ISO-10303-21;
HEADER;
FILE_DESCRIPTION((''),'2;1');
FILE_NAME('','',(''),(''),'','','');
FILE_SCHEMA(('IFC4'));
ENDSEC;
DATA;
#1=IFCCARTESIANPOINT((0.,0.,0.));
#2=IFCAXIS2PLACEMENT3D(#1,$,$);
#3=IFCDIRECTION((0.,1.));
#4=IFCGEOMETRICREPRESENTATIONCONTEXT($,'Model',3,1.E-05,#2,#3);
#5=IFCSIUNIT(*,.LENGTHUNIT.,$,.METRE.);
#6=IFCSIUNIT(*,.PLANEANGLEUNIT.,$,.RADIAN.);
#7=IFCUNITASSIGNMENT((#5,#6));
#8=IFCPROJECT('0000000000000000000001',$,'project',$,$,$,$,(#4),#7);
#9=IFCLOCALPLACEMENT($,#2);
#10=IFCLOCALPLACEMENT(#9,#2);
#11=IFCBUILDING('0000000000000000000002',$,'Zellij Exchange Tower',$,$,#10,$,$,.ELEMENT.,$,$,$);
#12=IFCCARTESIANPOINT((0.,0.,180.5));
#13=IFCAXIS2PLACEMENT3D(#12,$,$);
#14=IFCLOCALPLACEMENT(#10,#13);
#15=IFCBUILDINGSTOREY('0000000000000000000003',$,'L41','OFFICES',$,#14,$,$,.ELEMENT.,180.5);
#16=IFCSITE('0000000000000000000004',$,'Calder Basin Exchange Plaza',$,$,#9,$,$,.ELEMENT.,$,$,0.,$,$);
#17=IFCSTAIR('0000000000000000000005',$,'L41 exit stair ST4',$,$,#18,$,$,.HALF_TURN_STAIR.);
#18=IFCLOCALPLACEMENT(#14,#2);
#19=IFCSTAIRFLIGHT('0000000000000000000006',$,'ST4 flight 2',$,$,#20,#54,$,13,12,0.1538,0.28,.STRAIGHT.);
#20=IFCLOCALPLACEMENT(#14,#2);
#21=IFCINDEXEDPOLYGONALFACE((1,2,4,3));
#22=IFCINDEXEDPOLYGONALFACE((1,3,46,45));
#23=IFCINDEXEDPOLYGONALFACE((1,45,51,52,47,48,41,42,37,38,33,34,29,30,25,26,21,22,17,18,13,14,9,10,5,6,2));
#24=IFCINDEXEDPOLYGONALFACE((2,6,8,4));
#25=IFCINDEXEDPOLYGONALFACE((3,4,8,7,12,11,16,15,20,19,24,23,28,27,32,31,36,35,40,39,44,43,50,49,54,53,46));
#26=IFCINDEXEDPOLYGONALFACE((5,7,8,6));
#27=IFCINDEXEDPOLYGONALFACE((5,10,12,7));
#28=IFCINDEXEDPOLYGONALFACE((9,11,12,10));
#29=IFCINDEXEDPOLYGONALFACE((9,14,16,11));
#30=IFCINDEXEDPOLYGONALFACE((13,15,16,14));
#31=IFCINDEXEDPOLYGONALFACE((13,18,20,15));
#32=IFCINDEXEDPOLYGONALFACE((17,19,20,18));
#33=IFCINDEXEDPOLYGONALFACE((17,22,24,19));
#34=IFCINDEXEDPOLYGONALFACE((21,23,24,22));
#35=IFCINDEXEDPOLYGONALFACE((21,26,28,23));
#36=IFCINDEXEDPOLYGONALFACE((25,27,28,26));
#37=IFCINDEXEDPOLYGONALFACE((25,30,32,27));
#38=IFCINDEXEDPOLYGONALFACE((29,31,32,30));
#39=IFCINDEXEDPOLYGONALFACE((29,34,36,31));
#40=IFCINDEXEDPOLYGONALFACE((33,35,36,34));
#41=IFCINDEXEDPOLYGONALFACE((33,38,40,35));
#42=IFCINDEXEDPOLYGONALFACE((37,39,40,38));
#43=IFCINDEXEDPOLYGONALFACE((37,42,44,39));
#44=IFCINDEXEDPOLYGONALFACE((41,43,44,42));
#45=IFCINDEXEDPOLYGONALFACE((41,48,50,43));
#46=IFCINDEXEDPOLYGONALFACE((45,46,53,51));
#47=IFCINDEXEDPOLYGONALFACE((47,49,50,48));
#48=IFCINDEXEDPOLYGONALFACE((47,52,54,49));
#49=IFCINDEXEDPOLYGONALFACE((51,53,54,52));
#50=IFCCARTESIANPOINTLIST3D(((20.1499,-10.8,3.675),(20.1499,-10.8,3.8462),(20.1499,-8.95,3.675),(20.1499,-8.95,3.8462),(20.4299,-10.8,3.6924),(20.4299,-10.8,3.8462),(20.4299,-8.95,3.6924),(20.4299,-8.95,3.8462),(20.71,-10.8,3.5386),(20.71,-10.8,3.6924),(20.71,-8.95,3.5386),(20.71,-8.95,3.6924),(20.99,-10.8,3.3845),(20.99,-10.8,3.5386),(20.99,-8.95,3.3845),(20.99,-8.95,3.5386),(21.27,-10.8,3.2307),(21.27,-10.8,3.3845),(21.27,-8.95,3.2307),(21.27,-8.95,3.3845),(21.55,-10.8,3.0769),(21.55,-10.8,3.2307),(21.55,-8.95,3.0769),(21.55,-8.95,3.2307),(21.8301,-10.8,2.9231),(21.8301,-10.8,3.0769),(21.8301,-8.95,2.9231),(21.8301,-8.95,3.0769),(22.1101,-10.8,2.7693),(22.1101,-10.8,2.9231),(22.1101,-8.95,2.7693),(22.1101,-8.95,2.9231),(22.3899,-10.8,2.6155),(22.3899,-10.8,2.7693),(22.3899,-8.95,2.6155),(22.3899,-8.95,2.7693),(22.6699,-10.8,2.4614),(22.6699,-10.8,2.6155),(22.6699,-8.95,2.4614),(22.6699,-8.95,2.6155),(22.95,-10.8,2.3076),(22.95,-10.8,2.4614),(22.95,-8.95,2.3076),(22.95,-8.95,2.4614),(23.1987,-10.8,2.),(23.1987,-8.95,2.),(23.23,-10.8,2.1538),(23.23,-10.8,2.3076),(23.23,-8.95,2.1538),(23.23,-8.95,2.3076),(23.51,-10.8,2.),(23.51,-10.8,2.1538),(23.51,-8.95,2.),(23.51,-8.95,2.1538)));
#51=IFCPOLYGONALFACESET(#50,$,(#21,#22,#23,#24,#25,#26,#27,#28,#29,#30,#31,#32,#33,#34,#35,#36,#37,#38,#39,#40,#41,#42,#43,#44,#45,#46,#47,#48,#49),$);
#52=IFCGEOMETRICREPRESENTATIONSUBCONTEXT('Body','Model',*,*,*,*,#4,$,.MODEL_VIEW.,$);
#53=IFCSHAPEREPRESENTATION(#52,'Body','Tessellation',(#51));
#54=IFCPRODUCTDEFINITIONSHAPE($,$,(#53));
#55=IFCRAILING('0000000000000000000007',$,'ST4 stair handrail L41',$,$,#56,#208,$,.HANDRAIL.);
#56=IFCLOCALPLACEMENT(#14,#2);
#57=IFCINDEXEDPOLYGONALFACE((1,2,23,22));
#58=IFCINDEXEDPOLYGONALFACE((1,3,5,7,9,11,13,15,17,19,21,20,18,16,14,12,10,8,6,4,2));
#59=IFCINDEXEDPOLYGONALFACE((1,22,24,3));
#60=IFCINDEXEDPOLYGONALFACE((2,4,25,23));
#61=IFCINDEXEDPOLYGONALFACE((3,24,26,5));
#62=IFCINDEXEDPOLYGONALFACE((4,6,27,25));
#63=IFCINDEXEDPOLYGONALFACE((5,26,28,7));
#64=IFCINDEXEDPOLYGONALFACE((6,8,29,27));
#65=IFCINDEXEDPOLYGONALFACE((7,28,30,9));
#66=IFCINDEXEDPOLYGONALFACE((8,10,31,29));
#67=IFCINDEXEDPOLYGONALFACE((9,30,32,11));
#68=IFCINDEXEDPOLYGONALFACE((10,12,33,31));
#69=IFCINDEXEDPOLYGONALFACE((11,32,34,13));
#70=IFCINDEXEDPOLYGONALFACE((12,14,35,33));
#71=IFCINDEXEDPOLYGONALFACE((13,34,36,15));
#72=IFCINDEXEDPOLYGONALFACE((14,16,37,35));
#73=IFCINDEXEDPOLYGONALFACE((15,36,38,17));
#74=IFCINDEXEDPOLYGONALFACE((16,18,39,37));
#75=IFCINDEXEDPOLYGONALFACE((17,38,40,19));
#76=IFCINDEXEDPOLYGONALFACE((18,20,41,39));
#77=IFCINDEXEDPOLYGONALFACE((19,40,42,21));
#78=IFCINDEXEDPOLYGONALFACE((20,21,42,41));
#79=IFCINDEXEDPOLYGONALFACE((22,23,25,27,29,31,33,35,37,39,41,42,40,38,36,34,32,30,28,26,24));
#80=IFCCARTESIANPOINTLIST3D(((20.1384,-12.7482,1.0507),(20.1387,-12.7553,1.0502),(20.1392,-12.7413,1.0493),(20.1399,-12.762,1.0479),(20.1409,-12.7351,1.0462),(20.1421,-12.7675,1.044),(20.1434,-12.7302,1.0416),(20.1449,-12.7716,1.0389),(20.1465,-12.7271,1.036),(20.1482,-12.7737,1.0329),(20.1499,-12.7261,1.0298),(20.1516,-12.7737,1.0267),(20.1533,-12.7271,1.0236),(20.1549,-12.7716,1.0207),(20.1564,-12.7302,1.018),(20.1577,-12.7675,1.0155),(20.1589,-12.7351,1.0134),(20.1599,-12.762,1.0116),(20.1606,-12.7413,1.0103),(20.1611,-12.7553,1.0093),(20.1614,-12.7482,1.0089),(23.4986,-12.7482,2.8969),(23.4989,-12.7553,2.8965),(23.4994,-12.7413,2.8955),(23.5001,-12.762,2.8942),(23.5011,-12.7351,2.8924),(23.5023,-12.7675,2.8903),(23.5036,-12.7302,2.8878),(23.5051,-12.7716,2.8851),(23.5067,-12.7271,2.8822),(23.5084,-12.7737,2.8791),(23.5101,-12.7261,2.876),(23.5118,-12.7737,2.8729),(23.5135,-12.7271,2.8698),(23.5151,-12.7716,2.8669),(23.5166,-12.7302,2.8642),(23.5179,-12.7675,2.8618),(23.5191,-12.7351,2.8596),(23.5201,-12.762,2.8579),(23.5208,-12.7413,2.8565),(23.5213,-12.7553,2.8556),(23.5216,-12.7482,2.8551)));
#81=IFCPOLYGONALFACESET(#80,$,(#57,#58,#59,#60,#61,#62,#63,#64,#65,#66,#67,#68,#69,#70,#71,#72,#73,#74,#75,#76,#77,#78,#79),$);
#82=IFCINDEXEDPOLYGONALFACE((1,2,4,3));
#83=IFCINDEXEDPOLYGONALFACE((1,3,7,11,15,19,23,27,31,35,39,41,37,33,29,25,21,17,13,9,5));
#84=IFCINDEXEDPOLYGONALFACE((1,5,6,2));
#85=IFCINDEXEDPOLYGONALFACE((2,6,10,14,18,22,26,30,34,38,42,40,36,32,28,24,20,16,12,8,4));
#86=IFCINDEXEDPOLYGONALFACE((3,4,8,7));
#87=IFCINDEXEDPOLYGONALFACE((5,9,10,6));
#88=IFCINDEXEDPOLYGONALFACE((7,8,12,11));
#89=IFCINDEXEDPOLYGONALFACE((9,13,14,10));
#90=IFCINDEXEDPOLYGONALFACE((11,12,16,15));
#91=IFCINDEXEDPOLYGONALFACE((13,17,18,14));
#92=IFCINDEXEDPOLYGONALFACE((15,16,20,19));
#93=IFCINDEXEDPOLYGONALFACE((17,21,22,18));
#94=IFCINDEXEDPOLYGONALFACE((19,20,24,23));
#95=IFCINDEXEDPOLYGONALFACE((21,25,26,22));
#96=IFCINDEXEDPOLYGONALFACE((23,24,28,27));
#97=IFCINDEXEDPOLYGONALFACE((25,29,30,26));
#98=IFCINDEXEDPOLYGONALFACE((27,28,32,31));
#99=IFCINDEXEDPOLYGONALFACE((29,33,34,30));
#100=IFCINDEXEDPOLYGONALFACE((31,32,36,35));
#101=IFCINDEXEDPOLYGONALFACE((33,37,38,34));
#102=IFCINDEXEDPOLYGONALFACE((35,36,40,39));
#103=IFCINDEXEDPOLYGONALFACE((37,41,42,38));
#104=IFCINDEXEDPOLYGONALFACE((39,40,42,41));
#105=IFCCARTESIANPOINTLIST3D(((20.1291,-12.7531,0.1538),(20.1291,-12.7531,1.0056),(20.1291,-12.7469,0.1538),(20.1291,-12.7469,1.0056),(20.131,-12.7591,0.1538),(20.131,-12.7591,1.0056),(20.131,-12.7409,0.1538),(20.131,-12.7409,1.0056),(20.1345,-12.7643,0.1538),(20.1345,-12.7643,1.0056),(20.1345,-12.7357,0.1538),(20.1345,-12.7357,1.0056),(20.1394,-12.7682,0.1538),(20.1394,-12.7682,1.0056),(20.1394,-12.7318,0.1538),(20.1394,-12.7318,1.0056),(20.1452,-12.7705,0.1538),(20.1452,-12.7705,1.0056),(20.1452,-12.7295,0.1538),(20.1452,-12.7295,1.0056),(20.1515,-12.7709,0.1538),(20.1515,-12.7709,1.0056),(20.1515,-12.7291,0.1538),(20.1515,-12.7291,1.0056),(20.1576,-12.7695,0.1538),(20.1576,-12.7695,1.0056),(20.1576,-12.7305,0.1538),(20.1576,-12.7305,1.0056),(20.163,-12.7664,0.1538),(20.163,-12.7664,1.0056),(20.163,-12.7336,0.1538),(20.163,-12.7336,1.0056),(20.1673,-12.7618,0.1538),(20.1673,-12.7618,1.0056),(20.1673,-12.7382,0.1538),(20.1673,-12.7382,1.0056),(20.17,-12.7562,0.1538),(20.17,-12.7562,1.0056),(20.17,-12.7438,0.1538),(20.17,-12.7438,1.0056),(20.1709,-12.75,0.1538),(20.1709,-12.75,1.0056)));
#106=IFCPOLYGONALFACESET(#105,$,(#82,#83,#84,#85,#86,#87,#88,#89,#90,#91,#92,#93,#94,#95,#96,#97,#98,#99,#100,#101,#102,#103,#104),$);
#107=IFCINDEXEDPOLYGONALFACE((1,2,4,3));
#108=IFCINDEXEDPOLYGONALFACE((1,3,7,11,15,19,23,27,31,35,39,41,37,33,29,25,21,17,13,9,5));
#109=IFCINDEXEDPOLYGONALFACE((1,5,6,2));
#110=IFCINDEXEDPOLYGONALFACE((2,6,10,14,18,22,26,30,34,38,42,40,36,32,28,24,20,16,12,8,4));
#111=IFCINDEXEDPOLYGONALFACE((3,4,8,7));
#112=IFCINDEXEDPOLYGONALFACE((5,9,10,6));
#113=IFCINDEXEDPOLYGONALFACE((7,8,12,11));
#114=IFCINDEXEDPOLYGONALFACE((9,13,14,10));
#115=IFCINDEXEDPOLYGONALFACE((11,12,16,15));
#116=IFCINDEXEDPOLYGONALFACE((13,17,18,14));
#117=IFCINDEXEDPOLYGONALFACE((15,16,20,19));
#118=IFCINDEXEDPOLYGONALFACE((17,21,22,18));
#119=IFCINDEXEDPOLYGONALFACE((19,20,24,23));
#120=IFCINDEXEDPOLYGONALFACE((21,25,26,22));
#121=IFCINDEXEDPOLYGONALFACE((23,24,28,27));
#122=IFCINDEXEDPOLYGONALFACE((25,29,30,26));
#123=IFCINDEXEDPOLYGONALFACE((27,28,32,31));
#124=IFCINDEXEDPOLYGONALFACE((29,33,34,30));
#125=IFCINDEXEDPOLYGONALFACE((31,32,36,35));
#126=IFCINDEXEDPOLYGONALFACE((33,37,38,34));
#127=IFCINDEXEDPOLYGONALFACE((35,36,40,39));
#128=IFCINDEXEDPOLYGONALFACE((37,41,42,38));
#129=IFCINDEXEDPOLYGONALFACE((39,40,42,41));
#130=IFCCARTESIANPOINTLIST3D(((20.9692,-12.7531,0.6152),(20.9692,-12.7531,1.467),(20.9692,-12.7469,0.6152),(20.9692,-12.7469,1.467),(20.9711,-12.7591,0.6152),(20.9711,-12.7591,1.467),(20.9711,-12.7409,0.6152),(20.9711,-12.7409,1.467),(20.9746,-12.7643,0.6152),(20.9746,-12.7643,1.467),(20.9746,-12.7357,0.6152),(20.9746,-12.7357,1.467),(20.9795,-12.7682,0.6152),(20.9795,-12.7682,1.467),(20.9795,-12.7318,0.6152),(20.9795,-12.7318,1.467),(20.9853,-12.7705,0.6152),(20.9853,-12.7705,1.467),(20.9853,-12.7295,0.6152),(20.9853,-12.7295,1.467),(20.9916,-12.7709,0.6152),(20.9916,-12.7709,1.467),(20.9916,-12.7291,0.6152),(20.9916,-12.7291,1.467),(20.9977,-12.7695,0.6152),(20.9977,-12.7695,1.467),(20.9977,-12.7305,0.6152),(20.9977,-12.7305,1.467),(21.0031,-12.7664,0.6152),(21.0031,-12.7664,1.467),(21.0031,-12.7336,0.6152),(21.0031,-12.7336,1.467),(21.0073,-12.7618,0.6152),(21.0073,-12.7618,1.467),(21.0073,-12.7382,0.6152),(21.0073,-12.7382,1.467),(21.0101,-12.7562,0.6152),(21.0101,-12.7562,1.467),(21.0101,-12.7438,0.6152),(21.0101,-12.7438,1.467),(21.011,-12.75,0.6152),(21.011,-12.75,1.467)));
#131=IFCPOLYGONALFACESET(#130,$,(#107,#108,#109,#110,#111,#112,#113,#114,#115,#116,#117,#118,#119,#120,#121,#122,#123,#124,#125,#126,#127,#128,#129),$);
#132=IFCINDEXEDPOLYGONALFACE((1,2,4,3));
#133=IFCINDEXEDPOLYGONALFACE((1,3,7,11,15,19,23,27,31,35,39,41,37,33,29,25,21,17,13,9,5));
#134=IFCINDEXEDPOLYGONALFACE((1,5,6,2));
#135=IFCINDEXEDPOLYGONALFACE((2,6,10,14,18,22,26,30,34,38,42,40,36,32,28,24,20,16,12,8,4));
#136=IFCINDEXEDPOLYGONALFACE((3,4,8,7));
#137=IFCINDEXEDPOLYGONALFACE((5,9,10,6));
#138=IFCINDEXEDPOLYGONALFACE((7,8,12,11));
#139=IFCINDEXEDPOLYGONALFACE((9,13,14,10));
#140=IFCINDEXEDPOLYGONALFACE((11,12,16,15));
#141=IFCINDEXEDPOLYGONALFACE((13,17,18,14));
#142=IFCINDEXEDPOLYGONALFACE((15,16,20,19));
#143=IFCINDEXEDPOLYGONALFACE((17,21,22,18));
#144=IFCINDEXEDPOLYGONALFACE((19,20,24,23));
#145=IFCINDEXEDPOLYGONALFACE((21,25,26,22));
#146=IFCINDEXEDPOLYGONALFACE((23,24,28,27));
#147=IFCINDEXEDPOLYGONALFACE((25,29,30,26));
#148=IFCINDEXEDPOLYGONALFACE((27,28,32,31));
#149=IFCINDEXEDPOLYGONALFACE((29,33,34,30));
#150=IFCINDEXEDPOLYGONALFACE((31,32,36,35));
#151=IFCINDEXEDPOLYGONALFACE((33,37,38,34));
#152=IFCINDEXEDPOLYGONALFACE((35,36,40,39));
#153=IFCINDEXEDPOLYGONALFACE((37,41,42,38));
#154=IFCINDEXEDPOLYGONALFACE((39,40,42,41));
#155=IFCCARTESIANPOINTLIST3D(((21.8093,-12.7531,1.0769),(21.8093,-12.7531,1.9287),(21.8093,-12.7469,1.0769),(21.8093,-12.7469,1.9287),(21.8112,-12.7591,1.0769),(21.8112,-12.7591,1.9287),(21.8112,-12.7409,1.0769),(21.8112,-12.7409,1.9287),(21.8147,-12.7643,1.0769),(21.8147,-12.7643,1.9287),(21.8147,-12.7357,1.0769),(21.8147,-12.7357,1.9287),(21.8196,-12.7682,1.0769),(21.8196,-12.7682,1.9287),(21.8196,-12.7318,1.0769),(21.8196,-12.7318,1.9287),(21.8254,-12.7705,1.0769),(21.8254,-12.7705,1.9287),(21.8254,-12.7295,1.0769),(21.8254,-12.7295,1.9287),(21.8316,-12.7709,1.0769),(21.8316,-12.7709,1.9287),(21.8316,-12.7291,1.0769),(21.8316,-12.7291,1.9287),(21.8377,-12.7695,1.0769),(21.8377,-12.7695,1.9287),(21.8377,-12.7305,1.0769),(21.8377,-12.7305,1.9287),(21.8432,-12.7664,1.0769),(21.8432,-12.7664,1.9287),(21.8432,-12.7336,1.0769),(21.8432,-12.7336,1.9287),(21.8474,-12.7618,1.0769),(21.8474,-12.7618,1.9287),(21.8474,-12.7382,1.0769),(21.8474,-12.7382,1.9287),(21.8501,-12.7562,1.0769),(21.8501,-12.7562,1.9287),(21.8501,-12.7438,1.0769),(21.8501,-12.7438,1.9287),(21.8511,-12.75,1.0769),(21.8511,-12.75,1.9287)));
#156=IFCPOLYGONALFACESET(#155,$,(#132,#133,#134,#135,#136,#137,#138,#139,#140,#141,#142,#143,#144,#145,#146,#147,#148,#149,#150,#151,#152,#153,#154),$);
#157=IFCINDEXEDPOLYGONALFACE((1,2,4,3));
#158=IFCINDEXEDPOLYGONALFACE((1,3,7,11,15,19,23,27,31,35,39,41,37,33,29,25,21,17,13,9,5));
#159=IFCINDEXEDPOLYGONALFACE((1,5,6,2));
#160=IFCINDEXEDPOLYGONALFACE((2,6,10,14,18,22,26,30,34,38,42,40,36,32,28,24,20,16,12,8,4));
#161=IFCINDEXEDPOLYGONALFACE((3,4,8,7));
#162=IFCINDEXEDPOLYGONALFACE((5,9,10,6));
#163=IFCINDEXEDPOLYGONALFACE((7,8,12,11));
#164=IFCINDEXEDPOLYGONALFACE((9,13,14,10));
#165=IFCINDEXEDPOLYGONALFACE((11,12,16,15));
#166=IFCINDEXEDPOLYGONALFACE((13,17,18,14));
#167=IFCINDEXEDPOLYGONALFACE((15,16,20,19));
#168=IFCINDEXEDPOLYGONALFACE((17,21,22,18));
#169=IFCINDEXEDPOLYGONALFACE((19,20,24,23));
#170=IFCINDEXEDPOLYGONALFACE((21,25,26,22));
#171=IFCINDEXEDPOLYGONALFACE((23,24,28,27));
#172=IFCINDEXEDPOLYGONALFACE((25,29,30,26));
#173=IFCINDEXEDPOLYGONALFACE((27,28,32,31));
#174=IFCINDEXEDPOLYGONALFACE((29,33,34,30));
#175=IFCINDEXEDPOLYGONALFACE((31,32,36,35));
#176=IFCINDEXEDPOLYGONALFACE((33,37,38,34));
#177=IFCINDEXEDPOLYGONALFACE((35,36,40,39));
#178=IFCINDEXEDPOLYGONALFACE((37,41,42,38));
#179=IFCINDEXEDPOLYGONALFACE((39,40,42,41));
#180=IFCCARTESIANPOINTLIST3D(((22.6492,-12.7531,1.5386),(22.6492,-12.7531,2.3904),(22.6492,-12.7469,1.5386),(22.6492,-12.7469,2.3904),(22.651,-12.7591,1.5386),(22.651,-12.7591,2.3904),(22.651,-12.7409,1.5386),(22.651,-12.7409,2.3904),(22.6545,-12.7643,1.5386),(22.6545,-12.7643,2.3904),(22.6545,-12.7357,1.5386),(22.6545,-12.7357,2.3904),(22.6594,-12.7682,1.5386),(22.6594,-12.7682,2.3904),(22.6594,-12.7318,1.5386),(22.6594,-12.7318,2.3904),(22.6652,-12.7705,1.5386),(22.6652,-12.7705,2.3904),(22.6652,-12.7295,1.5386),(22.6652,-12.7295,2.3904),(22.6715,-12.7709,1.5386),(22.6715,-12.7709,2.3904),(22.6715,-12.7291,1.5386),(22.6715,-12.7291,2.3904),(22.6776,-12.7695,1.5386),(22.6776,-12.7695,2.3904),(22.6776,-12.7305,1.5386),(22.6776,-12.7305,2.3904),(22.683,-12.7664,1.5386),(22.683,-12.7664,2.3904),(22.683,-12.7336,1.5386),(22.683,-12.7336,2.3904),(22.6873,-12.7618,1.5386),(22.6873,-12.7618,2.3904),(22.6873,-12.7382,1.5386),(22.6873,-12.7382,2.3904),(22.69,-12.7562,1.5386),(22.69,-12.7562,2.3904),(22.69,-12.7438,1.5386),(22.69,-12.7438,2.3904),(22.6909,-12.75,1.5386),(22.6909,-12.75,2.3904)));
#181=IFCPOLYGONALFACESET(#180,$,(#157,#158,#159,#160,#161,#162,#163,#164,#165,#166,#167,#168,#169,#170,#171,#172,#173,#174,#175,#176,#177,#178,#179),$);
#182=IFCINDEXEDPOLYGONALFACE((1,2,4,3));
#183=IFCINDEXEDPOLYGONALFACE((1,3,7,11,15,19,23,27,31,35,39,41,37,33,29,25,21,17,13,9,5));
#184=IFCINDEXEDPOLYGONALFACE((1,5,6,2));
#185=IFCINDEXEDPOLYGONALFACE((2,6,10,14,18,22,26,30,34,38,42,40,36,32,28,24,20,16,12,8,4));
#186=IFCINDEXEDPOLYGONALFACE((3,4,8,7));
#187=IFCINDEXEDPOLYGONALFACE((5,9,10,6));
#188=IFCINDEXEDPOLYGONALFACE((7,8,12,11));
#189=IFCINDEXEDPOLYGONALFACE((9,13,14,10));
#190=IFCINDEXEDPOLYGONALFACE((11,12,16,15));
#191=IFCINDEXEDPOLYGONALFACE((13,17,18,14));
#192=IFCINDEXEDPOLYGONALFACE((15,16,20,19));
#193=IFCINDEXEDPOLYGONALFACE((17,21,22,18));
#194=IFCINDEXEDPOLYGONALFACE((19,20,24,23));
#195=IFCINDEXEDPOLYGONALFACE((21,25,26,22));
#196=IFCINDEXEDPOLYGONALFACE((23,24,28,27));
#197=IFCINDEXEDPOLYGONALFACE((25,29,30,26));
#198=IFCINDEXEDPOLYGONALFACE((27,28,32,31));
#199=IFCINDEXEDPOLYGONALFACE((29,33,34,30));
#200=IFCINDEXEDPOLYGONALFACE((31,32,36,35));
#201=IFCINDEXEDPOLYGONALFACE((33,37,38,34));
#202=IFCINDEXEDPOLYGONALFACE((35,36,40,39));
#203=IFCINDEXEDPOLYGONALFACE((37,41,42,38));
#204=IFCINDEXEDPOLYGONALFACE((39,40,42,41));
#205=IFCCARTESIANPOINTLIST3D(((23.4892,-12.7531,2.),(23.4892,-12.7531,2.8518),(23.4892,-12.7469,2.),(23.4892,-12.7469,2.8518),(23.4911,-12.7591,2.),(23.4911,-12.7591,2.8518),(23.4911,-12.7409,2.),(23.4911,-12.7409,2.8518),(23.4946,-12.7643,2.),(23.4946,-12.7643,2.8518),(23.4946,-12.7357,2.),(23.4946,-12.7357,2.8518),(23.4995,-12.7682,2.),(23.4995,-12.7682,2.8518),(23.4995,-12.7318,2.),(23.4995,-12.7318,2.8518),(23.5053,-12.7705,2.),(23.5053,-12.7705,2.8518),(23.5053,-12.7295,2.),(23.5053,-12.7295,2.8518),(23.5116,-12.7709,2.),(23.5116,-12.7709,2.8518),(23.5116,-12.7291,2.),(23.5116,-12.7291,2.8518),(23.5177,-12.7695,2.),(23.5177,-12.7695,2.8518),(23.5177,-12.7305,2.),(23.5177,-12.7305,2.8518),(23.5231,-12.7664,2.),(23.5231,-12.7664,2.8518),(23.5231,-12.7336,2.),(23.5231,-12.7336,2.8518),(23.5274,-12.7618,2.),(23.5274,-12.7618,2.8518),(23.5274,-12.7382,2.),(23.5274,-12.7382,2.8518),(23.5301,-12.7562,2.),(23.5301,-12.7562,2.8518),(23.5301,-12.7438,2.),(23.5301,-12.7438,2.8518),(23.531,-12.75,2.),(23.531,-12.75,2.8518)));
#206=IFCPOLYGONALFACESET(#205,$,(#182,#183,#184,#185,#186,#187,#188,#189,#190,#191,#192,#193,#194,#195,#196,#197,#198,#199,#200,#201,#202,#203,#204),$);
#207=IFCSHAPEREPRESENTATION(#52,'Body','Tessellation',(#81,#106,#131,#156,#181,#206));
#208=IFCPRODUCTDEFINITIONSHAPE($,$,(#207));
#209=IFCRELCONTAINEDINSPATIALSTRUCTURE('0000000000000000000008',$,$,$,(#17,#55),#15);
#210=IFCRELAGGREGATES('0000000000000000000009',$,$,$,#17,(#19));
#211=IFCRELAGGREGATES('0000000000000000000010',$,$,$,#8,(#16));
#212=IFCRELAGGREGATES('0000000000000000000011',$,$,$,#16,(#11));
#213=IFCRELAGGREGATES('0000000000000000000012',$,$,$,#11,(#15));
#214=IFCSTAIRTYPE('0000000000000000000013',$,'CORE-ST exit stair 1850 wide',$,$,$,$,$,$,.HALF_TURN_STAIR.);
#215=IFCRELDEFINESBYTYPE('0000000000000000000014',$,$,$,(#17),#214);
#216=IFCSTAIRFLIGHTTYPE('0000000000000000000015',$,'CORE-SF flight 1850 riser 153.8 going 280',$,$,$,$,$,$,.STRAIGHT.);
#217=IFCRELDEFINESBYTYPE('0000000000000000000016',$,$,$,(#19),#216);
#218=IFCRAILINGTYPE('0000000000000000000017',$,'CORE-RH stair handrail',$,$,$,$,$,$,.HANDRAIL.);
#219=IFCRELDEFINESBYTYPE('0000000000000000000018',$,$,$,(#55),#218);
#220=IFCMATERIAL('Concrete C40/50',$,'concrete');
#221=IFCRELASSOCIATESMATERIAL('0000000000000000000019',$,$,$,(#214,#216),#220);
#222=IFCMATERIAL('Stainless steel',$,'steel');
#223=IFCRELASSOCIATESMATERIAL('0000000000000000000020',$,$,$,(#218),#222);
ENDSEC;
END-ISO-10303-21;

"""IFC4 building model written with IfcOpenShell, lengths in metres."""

from ifc_helpers import new_model, si_unit, direction, frame, origin, origin_2d, place, context, subcontext, project, spatial, polyline, circle, outline, extrude, material, type_object, element, aggregate, save


model = new_model("IFC4")

# Units and contexts
model_context = context("Model", 3, precision=1e-05, world=origin(), true_north=direction((0.0, 1.0)))
body_context = subcontext(model_context, "Body", "Model", "MODEL_VIEW")
ifc_project = project(units=[si_unit("LENGTHUNIT", "METRE"), si_unit("PLANEANGLEUNIT", "RADIAN")], contexts=[model_context])

# Site, building, storey
site_placement = place(None, origin())
site = spatial("IfcSite", under=ifc_project, at=site_placement, Name="Calder Basin Exchange Plaza", CompositionType="ELEMENT", RefElevation=0.0)
building_placement = place(site_placement, origin())
building = spatial("IfcBuilding", under=site, at=building_placement, Name="Zellij Exchange Tower", CompositionType="ELEMENT")
storey_placement = place(building_placement, frame((0.0, 0.0, 180.5)))
storey = spatial("IfcBuildingStorey", under=building, at=storey_placement, Name="L41", Description="OFFICES", CompositionType="ELEMENT", Elevation=180.5)

# Stair, stair flight
ifc_material_1 = material(Name="Concrete C40/50", Category="concrete")
stair_type = type_object("IfcStairType", Name="CORE-ST exit stair 1850 wide", PredefinedType="HALF_TURN_STAIR", material=ifc_material_1)
stair_placement = place(storey_placement, origin())
stair = element("IfcStair", 1, at=stair_placement, inside=storey, type_object=stair_type, Name="L41 exit stair ST4", PredefinedType="HALF_TURN_STAIR")
stair_flight_type = type_object("IfcStairFlightType", Name="CORE-SF flight 1850 riser 153.8 going 280", PredefinedType="STRAIGHT", material=ifc_material_1)
stair_flight_1_placement = place(storey_placement, frame((23.51, -9.875, 2.0), z_axis=(0.0, 0.0, 1.0), x_axis=(-1.0, 0.0, 0.0)))
stair_flight_1 = element("IfcStairFlight", 2, at=stair_flight_1_placement, type_object=stair_flight_type, Name="ST4 flight 2", NumberOfRisers=13, NumberOfTreads=12, PredefinedType="STRAIGHT", RiserHeight=0.1538, TreadLength=0.28, context=body_context, shape_type="SweptSolid", body=[
    extrude(outline(polyline([(0.0, 0.0), (0.0, 0.1538), (0.28, 0.1538), (0.28, 0.3076), (0.5601, 0.3076), (0.5601, 0.4614), (0.8401, 0.4614), (0.8401, 0.6155), (1.1201, 0.6155), (1.1201, 0.7693), (1.3999, 0.7693), (1.3999, 0.9231), (1.6799, 0.9231), (1.6799, 1.0769), (1.96, 1.0769), (1.96, 1.2307), (2.24, 1.2307), (2.24, 1.3845), (2.52, 1.3845), (2.52, 1.5386), (2.8, 1.5386), (2.8, 1.6924), (3.0801, 1.6924), (3.0801, 1.8462), (3.3601, 1.8462), (3.3601, 2.0), (3.3601, 1.675), (0.3113, 0.0), (0.0, 0.0)])), frame((0.0, 0.925, 0.0), z_axis=(0.0, -1.0, 0.0), x_axis=(1.0, 0.0, 0.0)), (0.0, 0.0, 1.0), 1.8501),
])
aggregate(stair, [stair_flight_1])

# Railing
ifc_material_2 = material(Name="Stainless steel", Category="steel")
railing_type_1 = type_object("IfcRailingType", Name="CORE-RH stair handrail", PredefinedType="HANDRAIL", material=ifc_material_2)
railing_1_placement = place(storey_placement, frame((20.1499, -12.75, 0.1538)))
element("IfcRailing", 3, at=railing_1_placement, inside=storey, type_object=railing_type_1, Name="ST4 stair handrail L41", PredefinedType="HANDRAIL", context=body_context, shape_type="SweptSolid", body=[
    extrude(circle(Radius=0.0239, at=origin_2d()), frame((0.0, 0.0, 0.876), z_axis=(0.876422, 0.0, 0.481545), x_axis=(0.0, 1.0, 0.0)), (0.0, 0.0, 1.0), 3.834),
    extrude(circle(Radius=0.021, at=origin_2d()), origin(), (0.0, 0.0, 1.0), 0.8518),
    extrude(circle(Radius=0.021, at=origin_2d()), frame((0.8401, 0.0, 0.4614)), (0.0, 0.0, 1.0), 0.8518),
    extrude(circle(Radius=0.021, at=origin_2d()), frame((1.6802, 0.0, 0.9231)), (0.0, 0.0, 1.0), 0.8518),
    extrude(circle(Radius=0.021, at=origin_2d()), frame((2.52, 0.0, 1.3848)), (0.0, 0.0, 1.0), 0.8518),
    extrude(circle(Radius=0.021, at=origin_2d()), frame((3.3601, 0.0, 1.8462)), (0.0, 0.0, 1.0), 0.8518),
])

save(model, "model.ifc")
